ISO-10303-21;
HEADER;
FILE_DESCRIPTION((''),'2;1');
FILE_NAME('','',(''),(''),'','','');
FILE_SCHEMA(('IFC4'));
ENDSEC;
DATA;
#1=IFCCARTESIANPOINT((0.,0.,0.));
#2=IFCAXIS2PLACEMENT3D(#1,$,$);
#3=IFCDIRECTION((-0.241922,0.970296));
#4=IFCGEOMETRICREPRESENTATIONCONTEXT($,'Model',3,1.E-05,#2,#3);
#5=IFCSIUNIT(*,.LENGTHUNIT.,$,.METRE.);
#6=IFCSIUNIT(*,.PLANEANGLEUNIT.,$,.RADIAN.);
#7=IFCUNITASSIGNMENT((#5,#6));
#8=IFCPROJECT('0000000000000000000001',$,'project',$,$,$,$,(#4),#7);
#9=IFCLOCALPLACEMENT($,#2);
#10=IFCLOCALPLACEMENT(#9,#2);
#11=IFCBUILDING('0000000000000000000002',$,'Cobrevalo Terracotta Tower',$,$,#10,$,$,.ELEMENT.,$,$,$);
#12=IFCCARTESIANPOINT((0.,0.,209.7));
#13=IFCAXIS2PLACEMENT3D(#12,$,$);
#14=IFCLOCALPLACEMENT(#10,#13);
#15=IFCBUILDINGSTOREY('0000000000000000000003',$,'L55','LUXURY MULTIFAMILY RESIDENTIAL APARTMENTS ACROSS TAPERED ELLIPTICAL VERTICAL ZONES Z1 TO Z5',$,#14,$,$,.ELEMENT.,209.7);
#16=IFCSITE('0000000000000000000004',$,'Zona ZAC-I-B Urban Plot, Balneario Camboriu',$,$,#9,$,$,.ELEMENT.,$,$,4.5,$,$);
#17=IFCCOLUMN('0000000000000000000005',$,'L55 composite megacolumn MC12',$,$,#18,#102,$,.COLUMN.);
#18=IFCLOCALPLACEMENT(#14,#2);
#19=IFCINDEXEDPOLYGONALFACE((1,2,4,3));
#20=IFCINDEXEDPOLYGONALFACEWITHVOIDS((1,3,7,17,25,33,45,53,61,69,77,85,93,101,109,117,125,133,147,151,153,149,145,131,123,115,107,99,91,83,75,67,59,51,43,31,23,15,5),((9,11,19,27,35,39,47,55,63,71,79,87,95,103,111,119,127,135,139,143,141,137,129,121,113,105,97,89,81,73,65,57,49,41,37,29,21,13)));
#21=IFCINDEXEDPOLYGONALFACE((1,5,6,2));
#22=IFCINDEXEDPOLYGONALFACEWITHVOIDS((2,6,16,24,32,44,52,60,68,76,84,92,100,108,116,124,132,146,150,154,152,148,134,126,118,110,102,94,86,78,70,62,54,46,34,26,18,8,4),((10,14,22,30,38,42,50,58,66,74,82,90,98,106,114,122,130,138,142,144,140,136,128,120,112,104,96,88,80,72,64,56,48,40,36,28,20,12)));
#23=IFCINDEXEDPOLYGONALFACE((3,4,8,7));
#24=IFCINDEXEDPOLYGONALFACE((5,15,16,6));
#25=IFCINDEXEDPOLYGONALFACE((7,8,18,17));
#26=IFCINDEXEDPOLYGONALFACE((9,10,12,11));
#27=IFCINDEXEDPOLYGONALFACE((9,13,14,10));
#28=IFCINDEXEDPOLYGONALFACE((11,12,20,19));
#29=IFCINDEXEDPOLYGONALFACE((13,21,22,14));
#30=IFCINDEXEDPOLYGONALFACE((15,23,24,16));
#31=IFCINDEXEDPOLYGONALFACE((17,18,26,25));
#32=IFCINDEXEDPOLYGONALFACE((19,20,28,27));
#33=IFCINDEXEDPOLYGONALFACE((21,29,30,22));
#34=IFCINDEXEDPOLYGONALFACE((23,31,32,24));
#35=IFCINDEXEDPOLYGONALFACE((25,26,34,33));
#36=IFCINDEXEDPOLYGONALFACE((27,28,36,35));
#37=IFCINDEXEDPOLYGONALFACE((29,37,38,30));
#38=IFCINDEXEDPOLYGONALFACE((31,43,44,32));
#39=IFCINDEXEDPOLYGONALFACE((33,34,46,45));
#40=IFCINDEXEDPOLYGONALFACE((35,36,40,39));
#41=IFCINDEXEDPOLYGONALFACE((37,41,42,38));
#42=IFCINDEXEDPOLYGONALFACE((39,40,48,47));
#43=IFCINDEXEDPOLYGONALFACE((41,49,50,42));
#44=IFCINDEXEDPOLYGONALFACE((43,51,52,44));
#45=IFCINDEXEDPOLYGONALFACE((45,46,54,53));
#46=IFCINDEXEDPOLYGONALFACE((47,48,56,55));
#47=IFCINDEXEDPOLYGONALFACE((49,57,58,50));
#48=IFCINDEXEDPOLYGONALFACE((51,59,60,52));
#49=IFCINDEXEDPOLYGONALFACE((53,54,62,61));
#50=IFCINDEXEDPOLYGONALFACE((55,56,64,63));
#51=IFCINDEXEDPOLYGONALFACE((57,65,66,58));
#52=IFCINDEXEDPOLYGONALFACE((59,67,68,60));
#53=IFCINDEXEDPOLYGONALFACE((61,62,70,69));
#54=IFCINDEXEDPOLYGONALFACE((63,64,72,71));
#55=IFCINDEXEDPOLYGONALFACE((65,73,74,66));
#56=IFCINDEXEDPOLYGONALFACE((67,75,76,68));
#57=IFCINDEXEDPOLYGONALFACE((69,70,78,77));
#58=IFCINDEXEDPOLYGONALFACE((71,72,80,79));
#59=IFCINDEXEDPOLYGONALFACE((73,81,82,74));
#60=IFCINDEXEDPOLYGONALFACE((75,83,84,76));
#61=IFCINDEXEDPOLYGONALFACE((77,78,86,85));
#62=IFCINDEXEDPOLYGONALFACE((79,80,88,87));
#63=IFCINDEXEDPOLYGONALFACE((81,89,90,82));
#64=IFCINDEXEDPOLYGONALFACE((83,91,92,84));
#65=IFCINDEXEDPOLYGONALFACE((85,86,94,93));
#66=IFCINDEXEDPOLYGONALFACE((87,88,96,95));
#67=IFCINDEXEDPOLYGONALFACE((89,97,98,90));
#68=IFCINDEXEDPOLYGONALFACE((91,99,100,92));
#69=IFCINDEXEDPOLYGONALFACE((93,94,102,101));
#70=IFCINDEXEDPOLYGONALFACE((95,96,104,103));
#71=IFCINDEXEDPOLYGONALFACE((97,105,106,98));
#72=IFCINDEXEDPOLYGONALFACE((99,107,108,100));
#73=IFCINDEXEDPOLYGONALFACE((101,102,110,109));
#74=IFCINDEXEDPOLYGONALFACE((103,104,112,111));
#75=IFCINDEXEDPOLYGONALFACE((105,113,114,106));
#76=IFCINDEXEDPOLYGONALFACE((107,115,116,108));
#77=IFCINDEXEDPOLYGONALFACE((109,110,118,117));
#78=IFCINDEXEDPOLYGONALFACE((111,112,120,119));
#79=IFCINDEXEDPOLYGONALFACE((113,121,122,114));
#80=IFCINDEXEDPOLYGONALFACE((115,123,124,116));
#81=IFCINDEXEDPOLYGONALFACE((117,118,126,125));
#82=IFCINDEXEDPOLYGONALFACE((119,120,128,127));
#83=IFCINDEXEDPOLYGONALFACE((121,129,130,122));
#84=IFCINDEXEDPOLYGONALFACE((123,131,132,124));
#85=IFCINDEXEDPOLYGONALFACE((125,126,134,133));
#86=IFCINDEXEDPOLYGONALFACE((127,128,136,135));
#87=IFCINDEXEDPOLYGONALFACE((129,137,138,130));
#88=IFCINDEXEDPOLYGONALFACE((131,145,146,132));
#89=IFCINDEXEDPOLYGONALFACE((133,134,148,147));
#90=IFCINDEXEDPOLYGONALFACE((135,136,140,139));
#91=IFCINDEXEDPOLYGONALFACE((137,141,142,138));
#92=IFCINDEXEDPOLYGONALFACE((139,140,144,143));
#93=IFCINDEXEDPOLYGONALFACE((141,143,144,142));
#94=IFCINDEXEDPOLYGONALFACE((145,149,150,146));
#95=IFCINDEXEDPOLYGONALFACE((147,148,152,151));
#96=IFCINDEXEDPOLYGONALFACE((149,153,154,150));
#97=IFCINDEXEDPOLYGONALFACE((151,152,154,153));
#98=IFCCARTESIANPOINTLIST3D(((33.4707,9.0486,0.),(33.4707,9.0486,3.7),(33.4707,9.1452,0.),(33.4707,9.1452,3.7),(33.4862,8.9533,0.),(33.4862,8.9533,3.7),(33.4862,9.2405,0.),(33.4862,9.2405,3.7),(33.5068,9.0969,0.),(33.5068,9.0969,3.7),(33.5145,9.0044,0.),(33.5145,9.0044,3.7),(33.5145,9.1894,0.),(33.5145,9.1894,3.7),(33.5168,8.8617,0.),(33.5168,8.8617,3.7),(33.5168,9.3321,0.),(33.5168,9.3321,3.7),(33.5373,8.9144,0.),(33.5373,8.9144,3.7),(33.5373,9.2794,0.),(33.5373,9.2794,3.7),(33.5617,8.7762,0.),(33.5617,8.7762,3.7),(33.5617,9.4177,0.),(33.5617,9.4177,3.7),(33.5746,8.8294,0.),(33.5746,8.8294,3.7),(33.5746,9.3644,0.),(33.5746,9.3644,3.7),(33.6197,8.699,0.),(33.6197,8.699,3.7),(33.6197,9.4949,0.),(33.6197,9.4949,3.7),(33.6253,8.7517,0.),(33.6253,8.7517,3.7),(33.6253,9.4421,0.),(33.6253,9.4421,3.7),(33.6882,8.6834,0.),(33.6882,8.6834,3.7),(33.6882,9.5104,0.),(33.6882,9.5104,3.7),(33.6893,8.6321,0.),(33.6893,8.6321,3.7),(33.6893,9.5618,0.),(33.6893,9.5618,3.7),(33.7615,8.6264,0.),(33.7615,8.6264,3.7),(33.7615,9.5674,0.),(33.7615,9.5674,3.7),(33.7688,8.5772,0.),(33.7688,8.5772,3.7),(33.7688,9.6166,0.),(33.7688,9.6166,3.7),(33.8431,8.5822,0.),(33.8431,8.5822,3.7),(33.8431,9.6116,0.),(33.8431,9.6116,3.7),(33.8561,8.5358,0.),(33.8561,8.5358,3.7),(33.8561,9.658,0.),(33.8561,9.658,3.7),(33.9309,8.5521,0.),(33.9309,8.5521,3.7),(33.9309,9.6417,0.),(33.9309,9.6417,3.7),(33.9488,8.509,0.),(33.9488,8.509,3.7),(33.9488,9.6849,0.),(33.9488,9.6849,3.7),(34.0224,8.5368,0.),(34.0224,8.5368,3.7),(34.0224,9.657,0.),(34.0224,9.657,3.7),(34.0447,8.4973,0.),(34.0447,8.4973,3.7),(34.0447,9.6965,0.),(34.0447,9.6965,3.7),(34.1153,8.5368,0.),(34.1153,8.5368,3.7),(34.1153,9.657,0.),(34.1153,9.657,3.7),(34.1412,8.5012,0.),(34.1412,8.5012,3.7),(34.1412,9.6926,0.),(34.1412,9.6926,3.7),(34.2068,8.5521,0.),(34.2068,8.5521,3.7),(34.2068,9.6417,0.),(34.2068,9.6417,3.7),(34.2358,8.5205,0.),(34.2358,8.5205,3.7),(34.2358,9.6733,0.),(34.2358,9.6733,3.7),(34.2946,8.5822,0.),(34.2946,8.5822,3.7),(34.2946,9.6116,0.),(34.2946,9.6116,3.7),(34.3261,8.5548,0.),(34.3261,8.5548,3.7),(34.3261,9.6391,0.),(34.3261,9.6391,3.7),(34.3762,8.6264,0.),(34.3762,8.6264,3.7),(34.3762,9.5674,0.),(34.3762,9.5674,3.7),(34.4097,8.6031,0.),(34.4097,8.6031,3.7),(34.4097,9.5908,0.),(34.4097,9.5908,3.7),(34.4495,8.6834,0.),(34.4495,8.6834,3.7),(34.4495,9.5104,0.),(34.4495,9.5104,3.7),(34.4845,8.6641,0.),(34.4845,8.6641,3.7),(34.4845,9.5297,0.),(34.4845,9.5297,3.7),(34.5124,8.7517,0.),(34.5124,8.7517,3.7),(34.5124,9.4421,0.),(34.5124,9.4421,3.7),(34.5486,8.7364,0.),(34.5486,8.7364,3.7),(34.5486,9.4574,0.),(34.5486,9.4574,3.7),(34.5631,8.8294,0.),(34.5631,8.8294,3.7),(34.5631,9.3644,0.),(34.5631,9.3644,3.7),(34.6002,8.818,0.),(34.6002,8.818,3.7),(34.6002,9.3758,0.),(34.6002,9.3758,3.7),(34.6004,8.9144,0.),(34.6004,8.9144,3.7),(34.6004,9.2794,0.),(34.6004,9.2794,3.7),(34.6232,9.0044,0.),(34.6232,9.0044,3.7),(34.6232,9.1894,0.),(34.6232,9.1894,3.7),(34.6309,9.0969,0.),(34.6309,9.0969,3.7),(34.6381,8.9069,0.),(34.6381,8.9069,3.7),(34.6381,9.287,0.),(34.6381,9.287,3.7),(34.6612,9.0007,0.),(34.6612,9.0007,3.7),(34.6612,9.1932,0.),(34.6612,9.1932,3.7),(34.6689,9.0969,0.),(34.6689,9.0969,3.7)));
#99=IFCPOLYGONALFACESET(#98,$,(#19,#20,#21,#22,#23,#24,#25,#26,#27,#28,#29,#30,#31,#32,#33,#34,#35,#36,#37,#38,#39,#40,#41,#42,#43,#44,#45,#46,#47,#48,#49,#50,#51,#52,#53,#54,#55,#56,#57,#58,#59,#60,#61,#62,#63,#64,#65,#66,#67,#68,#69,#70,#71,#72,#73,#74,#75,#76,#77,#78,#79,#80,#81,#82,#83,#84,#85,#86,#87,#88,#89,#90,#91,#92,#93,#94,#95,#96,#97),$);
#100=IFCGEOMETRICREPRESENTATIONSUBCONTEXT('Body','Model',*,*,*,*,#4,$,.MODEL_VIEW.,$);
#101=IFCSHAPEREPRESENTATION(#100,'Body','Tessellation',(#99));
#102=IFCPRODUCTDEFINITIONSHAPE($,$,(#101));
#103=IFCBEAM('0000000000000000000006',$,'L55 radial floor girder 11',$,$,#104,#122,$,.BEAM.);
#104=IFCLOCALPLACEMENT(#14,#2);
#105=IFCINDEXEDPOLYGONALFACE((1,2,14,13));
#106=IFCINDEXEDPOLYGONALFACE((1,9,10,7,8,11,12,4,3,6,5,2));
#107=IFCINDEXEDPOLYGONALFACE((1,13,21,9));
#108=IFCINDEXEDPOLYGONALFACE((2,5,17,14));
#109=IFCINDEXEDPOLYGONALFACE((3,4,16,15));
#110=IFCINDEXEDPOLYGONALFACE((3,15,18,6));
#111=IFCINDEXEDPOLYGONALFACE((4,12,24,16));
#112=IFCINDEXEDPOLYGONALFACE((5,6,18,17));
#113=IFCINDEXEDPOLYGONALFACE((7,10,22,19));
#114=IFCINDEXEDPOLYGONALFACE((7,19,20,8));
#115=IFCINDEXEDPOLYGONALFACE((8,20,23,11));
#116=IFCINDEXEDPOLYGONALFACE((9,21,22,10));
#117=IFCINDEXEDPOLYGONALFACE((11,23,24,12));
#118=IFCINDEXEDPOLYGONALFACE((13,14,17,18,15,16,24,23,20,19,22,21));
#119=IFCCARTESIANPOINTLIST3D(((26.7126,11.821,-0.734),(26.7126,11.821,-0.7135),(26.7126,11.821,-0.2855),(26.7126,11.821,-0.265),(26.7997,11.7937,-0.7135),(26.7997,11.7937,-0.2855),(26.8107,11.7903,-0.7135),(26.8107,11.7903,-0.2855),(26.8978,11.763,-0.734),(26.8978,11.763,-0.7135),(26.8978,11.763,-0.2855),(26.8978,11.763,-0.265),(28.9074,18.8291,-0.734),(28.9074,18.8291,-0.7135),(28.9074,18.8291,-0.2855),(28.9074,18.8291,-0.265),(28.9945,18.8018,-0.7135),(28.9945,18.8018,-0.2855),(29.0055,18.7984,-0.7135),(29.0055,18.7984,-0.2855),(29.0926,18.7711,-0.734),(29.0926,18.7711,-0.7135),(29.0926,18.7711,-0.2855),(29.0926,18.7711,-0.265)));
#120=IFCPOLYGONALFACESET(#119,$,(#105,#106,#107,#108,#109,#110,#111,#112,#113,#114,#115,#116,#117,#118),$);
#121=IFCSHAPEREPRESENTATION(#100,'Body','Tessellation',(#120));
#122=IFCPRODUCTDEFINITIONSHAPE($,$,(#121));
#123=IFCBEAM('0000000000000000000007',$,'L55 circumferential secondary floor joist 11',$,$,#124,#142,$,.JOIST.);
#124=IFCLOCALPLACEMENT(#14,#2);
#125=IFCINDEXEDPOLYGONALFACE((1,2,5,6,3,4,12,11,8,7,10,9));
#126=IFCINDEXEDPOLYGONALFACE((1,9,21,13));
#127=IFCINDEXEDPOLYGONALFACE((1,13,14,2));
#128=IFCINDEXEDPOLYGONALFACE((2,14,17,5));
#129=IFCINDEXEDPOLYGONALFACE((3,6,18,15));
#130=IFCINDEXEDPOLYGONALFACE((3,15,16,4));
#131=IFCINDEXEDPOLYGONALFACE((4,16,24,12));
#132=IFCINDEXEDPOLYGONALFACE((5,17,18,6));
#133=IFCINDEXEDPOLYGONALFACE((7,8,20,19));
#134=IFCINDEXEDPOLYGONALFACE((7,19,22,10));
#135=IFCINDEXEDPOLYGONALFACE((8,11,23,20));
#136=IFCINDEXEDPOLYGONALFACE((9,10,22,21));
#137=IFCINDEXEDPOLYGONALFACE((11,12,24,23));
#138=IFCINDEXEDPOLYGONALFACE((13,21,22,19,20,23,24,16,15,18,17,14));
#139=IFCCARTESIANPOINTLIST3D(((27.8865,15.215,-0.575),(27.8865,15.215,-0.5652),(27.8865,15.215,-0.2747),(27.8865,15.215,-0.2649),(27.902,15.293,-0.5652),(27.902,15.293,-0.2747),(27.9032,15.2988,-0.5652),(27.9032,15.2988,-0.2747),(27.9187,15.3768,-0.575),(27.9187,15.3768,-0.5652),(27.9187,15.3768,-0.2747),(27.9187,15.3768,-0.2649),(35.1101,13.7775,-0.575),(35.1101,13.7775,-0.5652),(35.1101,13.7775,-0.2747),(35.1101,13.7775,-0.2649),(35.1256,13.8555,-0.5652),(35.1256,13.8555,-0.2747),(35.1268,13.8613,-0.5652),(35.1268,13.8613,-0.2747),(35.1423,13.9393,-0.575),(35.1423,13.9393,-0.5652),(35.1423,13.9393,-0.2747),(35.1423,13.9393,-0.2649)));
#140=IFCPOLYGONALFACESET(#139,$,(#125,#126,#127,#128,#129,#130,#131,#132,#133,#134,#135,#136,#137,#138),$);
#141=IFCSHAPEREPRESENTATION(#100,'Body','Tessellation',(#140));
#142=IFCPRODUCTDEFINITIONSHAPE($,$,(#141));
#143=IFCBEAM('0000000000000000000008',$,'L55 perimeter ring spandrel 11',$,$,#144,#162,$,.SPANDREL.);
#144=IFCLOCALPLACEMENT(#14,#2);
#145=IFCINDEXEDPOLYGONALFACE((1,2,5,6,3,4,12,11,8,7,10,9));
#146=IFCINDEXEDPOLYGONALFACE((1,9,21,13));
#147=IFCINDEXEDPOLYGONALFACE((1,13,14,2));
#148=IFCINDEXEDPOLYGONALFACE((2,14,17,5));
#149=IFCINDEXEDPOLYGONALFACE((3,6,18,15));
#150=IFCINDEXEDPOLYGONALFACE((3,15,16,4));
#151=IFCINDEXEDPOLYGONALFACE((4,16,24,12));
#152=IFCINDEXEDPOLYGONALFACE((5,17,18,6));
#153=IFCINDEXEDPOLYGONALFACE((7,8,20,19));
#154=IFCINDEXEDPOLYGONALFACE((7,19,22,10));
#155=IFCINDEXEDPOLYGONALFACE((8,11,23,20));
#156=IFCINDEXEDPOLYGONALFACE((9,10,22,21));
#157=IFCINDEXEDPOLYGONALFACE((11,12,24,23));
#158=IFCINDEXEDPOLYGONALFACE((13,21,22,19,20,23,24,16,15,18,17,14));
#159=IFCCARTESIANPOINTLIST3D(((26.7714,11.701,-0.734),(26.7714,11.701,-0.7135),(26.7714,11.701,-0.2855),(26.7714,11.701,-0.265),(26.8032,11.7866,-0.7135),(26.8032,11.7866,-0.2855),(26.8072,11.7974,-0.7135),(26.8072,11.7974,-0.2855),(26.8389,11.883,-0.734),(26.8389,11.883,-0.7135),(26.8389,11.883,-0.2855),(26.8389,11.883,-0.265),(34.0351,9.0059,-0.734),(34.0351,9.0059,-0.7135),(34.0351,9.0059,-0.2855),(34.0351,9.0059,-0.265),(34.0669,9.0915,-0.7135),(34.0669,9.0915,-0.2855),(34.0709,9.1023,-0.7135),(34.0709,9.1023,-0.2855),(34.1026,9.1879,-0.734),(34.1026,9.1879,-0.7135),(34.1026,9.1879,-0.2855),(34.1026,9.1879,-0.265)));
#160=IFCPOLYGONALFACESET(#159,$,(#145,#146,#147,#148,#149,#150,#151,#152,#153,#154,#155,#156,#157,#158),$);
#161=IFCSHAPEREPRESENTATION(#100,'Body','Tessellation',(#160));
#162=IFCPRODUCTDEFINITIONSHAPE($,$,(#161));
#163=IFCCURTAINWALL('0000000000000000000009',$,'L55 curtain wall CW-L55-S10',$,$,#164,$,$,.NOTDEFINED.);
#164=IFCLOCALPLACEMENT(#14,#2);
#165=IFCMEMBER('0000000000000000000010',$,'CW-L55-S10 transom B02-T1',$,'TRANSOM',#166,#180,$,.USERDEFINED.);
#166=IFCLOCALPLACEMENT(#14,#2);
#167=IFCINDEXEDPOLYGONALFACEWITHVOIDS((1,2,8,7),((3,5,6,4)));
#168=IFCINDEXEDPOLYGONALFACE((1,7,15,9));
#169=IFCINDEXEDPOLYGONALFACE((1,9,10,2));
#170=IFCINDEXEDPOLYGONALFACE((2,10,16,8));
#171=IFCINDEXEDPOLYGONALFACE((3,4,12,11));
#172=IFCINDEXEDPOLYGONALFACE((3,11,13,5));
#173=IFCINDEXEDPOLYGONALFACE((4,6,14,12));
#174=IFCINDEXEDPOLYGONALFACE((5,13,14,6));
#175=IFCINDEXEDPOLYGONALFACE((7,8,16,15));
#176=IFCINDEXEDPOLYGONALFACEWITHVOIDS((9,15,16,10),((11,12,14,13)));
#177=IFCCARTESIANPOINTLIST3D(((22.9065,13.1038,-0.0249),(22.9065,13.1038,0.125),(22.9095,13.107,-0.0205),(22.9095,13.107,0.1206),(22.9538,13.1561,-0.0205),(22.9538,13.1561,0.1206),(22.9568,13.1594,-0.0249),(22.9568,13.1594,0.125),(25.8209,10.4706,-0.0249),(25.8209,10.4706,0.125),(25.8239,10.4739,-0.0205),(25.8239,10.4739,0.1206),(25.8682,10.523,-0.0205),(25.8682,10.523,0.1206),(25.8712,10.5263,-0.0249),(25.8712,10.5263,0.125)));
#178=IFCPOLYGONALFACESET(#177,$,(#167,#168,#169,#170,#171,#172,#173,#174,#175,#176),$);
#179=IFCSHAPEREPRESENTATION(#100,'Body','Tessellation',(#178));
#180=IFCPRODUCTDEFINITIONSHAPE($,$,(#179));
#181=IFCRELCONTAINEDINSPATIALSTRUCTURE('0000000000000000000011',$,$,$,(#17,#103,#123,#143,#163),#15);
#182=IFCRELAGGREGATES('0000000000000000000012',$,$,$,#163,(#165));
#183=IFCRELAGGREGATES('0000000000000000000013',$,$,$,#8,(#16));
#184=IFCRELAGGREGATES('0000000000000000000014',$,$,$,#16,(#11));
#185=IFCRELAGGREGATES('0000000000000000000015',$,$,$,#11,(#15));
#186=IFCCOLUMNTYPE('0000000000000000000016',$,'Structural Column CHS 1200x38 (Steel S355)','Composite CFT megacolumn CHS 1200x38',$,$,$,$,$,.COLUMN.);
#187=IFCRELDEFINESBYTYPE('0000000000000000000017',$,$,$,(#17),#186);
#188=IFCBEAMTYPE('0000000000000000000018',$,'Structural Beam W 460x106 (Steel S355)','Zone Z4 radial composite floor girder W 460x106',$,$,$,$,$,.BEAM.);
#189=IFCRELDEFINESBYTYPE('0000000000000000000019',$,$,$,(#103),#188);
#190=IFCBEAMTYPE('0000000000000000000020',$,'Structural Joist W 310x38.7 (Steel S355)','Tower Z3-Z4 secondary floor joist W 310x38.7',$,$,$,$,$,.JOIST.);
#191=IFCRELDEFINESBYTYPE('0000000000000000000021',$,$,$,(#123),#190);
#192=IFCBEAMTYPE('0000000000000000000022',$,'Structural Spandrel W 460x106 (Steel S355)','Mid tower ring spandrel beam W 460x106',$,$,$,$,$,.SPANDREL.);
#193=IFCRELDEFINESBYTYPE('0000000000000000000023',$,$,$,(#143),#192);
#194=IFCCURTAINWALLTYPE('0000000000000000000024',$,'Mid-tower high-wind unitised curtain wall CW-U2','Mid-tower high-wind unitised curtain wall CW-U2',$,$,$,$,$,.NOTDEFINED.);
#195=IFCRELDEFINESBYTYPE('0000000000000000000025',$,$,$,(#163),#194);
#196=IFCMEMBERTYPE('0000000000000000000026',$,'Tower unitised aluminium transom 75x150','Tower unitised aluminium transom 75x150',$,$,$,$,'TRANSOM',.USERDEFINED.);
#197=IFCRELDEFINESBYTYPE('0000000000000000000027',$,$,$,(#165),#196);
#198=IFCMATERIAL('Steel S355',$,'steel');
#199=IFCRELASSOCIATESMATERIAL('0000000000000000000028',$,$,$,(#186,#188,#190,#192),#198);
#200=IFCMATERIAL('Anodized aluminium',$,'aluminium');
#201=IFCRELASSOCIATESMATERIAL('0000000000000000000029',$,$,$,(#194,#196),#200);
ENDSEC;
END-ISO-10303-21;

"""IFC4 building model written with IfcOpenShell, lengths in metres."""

from ifc_helpers import new_model, si_unit, direction, frame, origin, origin_2d, place, context, subcontext, project, spatial, hollow_rectangle, hollow_circle, i_section, extrude, source, transform, mapped, material, material_profile, profile_set, type_object, element, aggregate, save


model = new_model("IFC4")

# Units and contexts
model_context = context("Model", 3, precision=1e-05, world=origin(), true_north=direction((-0.241922, 0.970296)))
body_context = subcontext(model_context, "Body", "Model", "MODEL_VIEW")
ifc_project = project(units=[si_unit("LENGTHUNIT", "METRE"), si_unit("PLANEANGLEUNIT", "RADIAN")], contexts=[model_context])

# Site, building, storey
site_placement = place(None, origin())
site = spatial("IfcSite", under=ifc_project, at=site_placement, Name="Zona ZAC-I-B Urban Plot, Balneario Camboriu", CompositionType="ELEMENT", RefElevation=4.5)
building_placement = place(site_placement, origin())
building = spatial("IfcBuilding", under=site, at=building_placement, Name="Cobrevalo Terracotta Tower", CompositionType="ELEMENT")
storey_placement = place(building_placement, frame((0.0, 0.0, 209.7)))
storey = spatial("IfcBuildingStorey", under=building, at=storey_placement, Name="L55", Description="LUXURY MULTIFAMILY RESIDENTIAL APARTMENTS ACROSS TAPERED ELLIPTICAL VERTICAL ZONES Z1 TO Z5", CompositionType="ELEMENT", Elevation=209.7)

# Column
ifc_material_1 = material(Name="Steel S355", Category="steel")
ifc_material_profile_1 = material_profile(ifc_material_1, hollow_circle(Radius=0.6001, WallThickness=0.0381, at=origin_2d()), Name="CHS 1200x38")
ifc_profile_set_1 = profile_set([ifc_material_profile_1], Name="Steel S355")
column_type = type_object("IfcColumnType", Name="Structural Column CHS 1200x38 (Steel S355)", Description="Composite CFT megacolumn CHS 1200x38", PredefinedType="COLUMN", material=ifc_profile_set_1)
for number, where, z_axis, x_axis, name in (
    (1, (34.0688, 9.0969, 0.0), (0.0, 0.0, 1.0), (1.0, 0.0, 0.0), "L55 composite megacolumn MC12"),
):
    element("IfcColumn", number, at=place(storey_placement, frame(where, z_axis=z_axis, x_axis=x_axis)), inside=storey, type_object=column_type, Name=name, PredefinedType="COLUMN", context=body_context, shape_type="SweptSolid", body=[
        extrude(hollow_circle(Radius=0.6001, WallThickness=0.0381, at=origin_2d()), origin(), (0.0, 0.0, 1.0), 3.7),
    ])

# Beams
ifc_material_profile_2 = material_profile(ifc_material_1, i_section(OverallWidth=0.1941, OverallDepth=0.469, WebThickness=0.0115, FlangeThickness=0.0205, at=origin_2d()), Name="W 460x106")
ifc_profile_set_2 = profile_set([ifc_material_profile_2], Name="Steel S355")
beam_type_1 = type_object("IfcBeamType", Name="Structural Beam W 460x106 (Steel S355)", Description="Zone Z4 radial composite floor girder W 460x106", PredefinedType="BEAM", material=ifc_profile_set_2)
beam_1_placement = place(storey_placement, frame((26.8052, 11.792, -0.4995), z_axis=(0.298871, 0.954293, 0.0), x_axis=(-0.954293, 0.298871, 0.0)))
element("IfcBeam", 2, at=beam_1_placement, inside=storey, type_object=beam_type_1, Name="L55 radial floor girder 11", PredefinedType="BEAM", context=body_context, shape_type="SweptSolid", body=[
    extrude(i_section(OverallWidth=0.1941, OverallDepth=0.469, WebThickness=0.0115, FlangeThickness=0.0205, at=origin_2d()), origin(), (0.0, 0.0, 1.0), 7.3438),
])
ifc_material_profile_3 = material_profile(ifc_material_1, i_section(OverallWidth=0.165, OverallDepth=0.3101, WebThickness=0.0059, FlangeThickness=0.0098, at=origin_2d()), Name="W 310x38.7")
ifc_profile_set_3 = profile_set([ifc_material_profile_3], Name="Steel S355")
beam_type_2 = type_object("IfcBeamType", Name="Structural Joist W 310x38.7 (Steel S355)", Description="Tower Z3-Z4 secondary floor joist W 310x38.7", PredefinedType="JOIST", material=ifc_profile_set_3)
beam_2_placement = place(storey_placement, frame((27.9026, 15.2959, -0.4199), z_axis=(0.980769, -0.195173, 0.0), x_axis=(0.195173, 0.980769, 0.0)))
element("IfcBeam", 3, at=beam_2_placement, inside=storey, type_object=beam_type_2, Name="L55 circumferential secondary floor joist 11", PredefinedType="JOIST", context=body_context, shape_type="SweptSolid", body=[
    extrude(i_section(OverallWidth=0.165, OverallDepth=0.3101, WebThickness=0.0059, FlangeThickness=0.0098, at=origin_2d()), origin(), (0.0, 0.0, 1.0), 7.3652),
])
ifc_material_profile_4 = material_profile(ifc_material_1, i_section(OverallWidth=0.1941, OverallDepth=0.469, WebThickness=0.0115, FlangeThickness=0.0205, at=origin_2d()), Name="W 460x106")
ifc_profile_set_4 = profile_set([ifc_material_profile_4], Name="Steel S355")
beam_type_3 = type_object("IfcBeamType", Name="Structural Spandrel W 460x106 (Steel S355)", Description="Mid tower ring spandrel beam W 460x106", PredefinedType="SPANDREL", material=ifc_profile_set_4)
beam_3_placement = place(storey_placement, frame((26.8052, 11.792, -0.4995), z_axis=(0.937546, -0.347861, 0.0), x_axis=(0.347861, 0.937546, 0.0)))
element("IfcBeam", 4, at=beam_3_placement, inside=storey, type_object=beam_type_3, Name="L55 perimeter ring spandrel 11", PredefinedType="SPANDREL", context=body_context, shape_type="SweptSolid", body=[
    extrude(i_section(OverallWidth=0.1941, OverallDepth=0.469, WebThickness=0.0115, FlangeThickness=0.0205, at=origin_2d()), origin(), (0.0, 0.0, 1.0), 7.7476),
])

# Curtain wall, member
ifc_material_2 = material(Name="Anodized aluminium", Category="aluminium")
curtain_wall_type = type_object("IfcCurtainWallType", Name="Mid-tower high-wind unitised curtain wall CW-U2", Description="Mid-tower high-wind unitised curtain wall CW-U2", PredefinedType="NOTDEFINED", material=ifc_material_2)
curtain_wall_placement = place(storey_placement, origin())
curtain_wall = element("IfcCurtainWall", 5, at=curtain_wall_placement, inside=storey, type_object=curtain_wall_type, Name="L55 curtain wall CW-L55-S10", PredefinedType="NOTDEFINED")
ifc_material_profile_5 = material_profile(ifc_material_2, hollow_rectangle(XDim=0.075, YDim=0.1499, WallThickness=0.0044, at=origin_2d()), Name="CWT 75x150")
ifc_profile_set_5 = profile_set([ifc_material_profile_5], Name="Anodized aluminium")
member_type_1 = type_object("IfcMemberType", Name="Tower unitised aluminium transom 75x150", Description="Tower unitised aluminium transom 75x150", ElementType="TRANSOM", PredefinedType="USERDEFINED", material=ifc_profile_set_5)
shared_shape_1 = source(origin(), body_context, "Body", "SweptSolid", [
    extrude(hollow_rectangle(XDim=0.075, YDim=0.1499, WallThickness=0.0044, at=origin_2d()), origin(), (0.0, 0.0, 1.0), 3.9277),
])
member_1_placement = place(storey_placement, frame((22.9316, 13.1316, 0.05), z_axis=(0.742004, -0.670396, 0.0), x_axis=(0.670396, 0.742004, 0.0)))
member_1 = element("IfcMember", 6, at=member_1_placement, type_object=member_type_1, Name="CW-L55-S10 transom B02-T1", ObjectType="TRANSOM", PredefinedType="USERDEFINED", context=body_context, shape_type="MappedRepresentation", body=[
    mapped(shared_shape_1, transform((0.0, 0.0, 0.0), scale=1.0)),
])
aggregate(curtain_wall, [member_1])

save(model, "model.ifc")
